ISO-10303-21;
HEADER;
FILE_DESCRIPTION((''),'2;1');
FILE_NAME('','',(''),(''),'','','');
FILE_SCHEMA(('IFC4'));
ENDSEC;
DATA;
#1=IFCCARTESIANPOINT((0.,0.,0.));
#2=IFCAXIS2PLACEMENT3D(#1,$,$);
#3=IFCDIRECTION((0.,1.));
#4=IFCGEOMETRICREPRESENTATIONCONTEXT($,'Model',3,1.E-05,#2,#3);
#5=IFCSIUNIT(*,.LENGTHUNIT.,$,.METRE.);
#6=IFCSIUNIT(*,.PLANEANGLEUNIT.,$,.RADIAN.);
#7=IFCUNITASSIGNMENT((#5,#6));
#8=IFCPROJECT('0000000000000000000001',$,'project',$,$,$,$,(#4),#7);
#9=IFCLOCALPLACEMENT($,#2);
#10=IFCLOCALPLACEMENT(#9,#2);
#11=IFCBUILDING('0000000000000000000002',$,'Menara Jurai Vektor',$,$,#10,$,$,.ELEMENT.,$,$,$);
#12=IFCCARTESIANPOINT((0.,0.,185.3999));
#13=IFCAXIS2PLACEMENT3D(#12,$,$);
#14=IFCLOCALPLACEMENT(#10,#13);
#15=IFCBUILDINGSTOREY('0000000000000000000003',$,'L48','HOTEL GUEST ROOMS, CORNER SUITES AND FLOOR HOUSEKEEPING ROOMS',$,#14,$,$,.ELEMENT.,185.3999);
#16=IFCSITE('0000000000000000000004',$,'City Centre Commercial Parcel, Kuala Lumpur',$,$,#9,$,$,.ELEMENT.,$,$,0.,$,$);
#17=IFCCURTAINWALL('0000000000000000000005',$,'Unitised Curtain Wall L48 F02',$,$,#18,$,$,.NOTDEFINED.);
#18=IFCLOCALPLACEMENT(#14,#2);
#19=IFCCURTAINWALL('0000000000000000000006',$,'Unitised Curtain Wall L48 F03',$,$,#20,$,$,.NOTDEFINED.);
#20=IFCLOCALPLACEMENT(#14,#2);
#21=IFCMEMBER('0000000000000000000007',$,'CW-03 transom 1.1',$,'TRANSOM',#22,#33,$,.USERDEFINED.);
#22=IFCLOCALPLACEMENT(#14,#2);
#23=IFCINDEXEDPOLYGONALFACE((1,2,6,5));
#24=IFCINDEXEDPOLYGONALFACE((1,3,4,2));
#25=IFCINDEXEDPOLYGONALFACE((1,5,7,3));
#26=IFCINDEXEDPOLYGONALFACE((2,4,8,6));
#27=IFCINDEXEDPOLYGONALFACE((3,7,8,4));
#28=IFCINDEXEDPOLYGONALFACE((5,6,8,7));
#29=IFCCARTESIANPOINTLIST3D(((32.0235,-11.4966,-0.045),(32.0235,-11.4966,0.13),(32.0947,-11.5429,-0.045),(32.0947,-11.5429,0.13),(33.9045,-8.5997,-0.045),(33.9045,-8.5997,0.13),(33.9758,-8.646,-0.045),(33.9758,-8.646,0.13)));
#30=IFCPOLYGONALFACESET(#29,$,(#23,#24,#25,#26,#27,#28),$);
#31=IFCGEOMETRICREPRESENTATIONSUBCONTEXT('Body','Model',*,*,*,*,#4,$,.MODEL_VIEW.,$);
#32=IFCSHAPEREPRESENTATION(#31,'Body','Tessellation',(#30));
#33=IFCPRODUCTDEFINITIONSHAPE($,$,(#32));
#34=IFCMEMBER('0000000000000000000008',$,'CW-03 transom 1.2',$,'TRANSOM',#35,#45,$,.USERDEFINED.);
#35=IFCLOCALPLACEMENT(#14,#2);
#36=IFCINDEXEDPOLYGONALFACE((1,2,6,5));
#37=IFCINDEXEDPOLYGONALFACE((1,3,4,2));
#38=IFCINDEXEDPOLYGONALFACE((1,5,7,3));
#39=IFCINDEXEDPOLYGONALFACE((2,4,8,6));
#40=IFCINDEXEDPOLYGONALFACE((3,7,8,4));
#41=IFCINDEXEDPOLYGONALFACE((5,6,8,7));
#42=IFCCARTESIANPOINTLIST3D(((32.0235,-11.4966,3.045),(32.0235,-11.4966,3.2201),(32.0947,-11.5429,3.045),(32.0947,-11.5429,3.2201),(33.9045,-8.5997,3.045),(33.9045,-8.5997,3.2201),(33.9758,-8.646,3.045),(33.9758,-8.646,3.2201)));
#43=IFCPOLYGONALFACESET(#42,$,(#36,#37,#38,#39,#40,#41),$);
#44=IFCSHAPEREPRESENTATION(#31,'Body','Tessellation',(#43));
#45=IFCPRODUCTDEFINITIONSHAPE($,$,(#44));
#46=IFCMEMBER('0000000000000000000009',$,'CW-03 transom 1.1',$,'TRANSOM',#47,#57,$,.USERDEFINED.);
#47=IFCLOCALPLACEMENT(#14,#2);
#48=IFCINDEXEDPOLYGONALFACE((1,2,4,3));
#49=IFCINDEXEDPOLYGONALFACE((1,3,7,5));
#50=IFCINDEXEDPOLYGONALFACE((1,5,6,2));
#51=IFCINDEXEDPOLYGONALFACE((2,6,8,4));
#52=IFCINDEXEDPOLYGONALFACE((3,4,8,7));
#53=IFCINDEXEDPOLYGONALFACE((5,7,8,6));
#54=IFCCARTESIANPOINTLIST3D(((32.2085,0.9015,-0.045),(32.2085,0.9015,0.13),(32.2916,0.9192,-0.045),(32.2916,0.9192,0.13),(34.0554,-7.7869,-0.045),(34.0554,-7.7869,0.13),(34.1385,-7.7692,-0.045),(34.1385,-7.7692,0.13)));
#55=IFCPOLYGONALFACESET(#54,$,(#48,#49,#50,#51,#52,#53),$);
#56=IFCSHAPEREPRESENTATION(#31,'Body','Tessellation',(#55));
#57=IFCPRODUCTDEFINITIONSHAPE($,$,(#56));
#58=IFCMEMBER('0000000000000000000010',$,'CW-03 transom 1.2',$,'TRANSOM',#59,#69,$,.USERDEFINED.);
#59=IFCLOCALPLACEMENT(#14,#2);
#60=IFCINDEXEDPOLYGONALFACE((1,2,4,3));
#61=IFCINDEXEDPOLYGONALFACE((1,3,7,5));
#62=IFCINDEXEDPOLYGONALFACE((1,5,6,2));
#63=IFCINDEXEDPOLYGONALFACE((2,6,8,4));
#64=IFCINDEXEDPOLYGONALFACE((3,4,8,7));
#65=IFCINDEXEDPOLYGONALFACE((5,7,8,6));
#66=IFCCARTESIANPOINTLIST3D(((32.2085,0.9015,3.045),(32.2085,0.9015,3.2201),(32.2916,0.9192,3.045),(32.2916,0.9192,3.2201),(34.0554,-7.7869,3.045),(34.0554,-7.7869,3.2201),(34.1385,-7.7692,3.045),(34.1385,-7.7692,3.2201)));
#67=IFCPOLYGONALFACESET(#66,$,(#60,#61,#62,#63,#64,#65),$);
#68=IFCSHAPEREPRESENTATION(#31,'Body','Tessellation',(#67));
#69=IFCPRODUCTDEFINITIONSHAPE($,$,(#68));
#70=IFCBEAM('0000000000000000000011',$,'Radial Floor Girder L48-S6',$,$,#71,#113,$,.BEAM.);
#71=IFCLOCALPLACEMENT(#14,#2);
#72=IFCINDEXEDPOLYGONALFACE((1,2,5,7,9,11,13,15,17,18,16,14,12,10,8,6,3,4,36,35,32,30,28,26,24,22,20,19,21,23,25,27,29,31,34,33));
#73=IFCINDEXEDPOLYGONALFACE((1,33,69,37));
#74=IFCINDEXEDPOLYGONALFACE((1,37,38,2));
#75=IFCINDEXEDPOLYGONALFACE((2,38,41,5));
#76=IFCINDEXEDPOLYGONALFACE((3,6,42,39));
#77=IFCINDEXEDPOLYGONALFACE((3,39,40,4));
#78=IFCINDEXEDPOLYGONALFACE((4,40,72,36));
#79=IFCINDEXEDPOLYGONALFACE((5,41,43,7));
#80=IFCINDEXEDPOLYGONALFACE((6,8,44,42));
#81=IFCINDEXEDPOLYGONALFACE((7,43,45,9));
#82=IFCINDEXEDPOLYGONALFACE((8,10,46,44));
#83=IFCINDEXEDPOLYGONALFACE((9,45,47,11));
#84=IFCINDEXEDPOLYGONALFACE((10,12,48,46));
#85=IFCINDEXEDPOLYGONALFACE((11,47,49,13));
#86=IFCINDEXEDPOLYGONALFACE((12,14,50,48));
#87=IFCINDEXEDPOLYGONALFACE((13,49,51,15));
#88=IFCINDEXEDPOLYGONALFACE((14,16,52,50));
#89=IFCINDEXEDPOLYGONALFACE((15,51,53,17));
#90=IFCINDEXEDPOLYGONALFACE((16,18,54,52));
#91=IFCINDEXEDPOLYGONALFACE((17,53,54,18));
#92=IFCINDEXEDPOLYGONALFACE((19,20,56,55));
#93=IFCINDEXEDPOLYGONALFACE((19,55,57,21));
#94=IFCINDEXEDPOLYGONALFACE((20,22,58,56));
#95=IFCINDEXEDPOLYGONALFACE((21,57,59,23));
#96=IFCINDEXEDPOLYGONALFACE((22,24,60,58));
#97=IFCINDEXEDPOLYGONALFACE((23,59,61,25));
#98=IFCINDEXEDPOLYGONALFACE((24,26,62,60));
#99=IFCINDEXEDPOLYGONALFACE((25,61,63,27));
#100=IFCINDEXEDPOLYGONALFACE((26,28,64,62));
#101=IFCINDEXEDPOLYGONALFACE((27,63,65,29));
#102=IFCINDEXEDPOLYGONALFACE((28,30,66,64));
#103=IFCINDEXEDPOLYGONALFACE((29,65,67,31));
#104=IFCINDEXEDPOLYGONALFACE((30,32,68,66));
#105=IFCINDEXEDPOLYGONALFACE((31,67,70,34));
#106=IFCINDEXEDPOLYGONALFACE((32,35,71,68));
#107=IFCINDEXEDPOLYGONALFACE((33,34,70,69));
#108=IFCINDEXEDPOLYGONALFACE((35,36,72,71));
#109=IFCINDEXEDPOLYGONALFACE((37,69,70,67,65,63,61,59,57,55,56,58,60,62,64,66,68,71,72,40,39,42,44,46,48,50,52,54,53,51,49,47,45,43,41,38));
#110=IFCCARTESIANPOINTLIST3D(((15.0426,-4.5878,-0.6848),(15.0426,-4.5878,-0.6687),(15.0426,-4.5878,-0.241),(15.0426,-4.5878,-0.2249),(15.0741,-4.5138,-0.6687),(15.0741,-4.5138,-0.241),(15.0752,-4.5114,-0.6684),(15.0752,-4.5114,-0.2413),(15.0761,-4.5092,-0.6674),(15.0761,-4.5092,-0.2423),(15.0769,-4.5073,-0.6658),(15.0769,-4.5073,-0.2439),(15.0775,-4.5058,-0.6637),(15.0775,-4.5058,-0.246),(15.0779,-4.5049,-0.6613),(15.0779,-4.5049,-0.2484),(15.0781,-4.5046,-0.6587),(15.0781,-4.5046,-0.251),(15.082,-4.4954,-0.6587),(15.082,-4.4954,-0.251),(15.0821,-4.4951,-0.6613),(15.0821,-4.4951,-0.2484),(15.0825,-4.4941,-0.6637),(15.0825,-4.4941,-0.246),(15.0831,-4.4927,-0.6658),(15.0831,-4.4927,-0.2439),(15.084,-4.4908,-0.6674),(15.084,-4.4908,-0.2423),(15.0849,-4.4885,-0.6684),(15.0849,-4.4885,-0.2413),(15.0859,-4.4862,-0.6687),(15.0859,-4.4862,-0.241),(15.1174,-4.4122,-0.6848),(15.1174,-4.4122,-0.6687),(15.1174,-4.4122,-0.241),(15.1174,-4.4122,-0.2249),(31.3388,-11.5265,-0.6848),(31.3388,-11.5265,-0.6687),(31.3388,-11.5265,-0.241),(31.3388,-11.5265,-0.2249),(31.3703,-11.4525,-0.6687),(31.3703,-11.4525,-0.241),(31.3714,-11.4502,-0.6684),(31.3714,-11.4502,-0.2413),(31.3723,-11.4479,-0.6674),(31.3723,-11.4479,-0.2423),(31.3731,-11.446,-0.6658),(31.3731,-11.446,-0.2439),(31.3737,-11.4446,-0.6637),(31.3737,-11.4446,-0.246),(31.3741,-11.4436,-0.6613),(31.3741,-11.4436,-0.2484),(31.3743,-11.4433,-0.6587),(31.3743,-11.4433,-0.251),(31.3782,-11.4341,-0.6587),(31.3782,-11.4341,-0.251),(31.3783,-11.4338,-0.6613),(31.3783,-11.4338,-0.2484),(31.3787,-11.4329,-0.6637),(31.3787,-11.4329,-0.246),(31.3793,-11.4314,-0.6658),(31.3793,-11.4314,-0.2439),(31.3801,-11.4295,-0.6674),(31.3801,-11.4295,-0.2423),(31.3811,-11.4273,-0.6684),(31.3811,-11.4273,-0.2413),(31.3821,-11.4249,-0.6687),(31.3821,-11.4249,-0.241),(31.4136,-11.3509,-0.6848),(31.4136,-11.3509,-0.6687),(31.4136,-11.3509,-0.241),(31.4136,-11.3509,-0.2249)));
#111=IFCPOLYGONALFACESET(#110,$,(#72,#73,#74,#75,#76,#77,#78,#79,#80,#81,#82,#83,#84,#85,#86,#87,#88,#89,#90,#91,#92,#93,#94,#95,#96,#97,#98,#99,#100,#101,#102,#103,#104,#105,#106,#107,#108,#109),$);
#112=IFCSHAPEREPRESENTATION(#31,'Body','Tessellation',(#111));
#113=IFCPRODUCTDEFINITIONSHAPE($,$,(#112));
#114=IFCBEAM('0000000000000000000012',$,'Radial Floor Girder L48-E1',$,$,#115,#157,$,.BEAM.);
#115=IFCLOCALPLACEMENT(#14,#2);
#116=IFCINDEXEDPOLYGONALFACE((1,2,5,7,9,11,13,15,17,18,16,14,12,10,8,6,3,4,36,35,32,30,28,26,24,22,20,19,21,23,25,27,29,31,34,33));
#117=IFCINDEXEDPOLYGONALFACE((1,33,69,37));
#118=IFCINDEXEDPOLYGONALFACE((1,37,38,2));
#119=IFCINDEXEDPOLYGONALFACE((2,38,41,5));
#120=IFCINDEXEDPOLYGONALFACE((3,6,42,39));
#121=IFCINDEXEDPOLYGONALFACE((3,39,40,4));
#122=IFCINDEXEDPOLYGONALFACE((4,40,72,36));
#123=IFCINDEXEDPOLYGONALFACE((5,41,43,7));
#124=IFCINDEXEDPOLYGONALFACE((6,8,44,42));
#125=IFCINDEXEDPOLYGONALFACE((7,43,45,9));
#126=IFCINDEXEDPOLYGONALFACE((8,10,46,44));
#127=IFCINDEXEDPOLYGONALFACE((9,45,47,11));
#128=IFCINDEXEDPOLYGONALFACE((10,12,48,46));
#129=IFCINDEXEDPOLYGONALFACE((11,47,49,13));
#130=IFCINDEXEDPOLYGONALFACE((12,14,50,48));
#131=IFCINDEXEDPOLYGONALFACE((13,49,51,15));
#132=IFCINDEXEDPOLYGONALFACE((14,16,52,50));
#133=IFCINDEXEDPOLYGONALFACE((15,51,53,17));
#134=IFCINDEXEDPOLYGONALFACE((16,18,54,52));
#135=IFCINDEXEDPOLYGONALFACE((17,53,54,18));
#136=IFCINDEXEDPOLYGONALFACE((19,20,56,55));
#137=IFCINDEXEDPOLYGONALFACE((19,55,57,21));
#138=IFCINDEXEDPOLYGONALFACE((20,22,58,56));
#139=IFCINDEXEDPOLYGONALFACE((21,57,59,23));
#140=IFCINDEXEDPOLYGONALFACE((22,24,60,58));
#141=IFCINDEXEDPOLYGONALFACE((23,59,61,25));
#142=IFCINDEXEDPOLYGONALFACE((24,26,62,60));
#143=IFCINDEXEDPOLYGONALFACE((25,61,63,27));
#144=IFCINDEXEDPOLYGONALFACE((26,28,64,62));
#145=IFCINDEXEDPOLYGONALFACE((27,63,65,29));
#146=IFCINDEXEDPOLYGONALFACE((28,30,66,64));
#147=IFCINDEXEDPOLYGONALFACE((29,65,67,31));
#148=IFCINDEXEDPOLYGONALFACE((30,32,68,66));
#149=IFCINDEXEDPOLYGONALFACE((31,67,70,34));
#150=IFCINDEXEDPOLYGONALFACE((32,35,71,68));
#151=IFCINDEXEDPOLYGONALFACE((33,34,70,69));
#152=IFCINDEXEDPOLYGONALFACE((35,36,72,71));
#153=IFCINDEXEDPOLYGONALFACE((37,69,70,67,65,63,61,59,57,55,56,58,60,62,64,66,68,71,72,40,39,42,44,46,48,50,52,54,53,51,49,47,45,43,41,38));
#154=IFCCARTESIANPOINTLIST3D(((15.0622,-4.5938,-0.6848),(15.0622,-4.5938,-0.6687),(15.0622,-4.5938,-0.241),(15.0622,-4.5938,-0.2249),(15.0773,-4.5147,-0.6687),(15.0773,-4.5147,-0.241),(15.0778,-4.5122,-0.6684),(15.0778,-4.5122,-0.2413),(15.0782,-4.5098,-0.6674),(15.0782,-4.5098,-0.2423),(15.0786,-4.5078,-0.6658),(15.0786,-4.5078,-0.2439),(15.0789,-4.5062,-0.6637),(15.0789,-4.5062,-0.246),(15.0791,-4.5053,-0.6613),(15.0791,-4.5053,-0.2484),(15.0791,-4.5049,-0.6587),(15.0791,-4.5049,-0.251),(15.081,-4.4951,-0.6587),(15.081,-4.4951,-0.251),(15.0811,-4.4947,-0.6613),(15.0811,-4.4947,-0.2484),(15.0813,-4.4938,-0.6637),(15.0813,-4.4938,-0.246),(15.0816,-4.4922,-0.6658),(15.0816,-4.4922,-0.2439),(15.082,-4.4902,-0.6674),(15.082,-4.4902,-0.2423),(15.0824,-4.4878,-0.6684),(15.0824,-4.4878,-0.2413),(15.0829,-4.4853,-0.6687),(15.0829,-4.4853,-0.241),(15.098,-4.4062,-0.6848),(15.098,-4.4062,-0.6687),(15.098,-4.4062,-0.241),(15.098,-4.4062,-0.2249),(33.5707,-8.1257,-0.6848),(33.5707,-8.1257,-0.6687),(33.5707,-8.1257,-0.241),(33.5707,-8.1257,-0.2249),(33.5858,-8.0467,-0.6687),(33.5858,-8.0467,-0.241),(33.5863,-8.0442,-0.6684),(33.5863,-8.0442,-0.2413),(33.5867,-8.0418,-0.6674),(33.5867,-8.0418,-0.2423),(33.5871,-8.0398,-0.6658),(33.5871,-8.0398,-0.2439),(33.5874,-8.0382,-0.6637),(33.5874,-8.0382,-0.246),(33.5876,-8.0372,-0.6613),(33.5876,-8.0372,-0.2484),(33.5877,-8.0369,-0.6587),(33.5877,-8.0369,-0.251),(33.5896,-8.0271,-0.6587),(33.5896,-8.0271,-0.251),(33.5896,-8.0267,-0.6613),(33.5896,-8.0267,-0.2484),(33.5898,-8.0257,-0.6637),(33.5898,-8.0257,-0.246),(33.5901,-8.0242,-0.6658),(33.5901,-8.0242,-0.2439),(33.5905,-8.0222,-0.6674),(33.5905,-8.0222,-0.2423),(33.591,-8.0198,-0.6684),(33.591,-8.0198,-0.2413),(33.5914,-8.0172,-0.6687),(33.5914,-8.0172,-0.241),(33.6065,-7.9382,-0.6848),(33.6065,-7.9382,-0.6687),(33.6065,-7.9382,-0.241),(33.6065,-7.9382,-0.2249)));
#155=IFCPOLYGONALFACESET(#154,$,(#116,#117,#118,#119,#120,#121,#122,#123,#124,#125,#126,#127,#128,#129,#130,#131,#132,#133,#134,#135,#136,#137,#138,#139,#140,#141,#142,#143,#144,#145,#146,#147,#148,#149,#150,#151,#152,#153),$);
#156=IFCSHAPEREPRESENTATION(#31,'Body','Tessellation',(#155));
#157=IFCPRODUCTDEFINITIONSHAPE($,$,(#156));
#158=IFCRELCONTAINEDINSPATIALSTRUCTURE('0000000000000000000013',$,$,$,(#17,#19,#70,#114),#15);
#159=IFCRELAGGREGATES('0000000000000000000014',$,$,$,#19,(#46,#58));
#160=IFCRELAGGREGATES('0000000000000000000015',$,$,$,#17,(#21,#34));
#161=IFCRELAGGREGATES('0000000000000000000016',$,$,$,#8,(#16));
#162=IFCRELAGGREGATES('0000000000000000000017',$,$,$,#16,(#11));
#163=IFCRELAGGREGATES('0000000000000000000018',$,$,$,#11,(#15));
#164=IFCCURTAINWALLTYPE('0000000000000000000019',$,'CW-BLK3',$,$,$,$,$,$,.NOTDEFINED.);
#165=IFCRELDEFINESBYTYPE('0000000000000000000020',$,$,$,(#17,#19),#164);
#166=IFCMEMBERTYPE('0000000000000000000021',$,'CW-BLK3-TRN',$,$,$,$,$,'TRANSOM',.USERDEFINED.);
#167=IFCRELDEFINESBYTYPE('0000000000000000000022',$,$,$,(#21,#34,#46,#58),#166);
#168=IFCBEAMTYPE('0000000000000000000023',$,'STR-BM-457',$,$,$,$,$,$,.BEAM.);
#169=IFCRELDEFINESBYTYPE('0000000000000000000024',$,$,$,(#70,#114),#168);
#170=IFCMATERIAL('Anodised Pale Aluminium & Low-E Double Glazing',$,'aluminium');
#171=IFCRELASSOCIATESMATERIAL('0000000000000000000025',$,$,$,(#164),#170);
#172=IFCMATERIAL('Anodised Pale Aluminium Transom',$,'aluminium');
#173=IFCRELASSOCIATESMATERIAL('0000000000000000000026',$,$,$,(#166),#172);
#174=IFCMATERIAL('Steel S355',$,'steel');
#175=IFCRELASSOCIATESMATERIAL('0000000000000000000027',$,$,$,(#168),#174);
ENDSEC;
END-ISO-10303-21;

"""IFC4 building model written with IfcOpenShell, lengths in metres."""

from ifc_helpers import new_model, si_unit, direction, frame, origin, origin_2d, place, context, subcontext, project, spatial, rectangle, i_section, extrude, material, material_profile, profile_set, type_object, element, aggregate, save


model = new_model("IFC4")

# Units and contexts
model_context = context("Model", 3, precision=1e-05, world=origin(), true_north=direction((0.0, 1.0)))
body_context = subcontext(model_context, "Body", "Model", "MODEL_VIEW")
ifc_project = project(units=[si_unit("LENGTHUNIT", "METRE"), si_unit("PLANEANGLEUNIT", "RADIAN")], contexts=[model_context])

# Site, building, storey
site_placement = place(None, origin())
site = spatial("IfcSite", under=ifc_project, at=site_placement, Name="City Centre Commercial Parcel, Kuala Lumpur", CompositionType="ELEMENT", RefElevation=0.0)
building_placement = place(site_placement, origin())
building = spatial("IfcBuilding", under=site, at=building_placement, Name="Menara Jurai Vektor", CompositionType="ELEMENT")
storey_placement = place(building_placement, frame((0.0, 0.0, 185.3999)))
storey = spatial("IfcBuildingStorey", under=building, at=storey_placement, Name="L48", Description="HOTEL GUEST ROOMS, CORNER SUITES AND FLOOR HOUSEKEEPING ROOMS", CompositionType="ELEMENT", Elevation=185.3999)

# Curtain wall
ifc_material_1 = material(Name="Anodised Pale Aluminium & Low-E Double Glazing", Category="aluminium")
curtain_wall_type = type_object("IfcCurtainWallType", Name="CW-BLK3", PredefinedType="NOTDEFINED", material=ifc_material_1)
curtain_wall_1_placement = place(storey_placement, origin())
curtain_wall_1 = element("IfcCurtainWall", 1, at=curtain_wall_1_placement, inside=storey, type_object=curtain_wall_type, Name="Unitised Curtain Wall L48 F02", PredefinedType="NOTDEFINED")

# Curtain wall
curtain_wall_2_placement = place(storey_placement, origin())
curtain_wall_2 = element("IfcCurtainWall", 2, at=curtain_wall_2_placement, inside=storey, type_object=curtain_wall_type, Name="Unitised Curtain Wall L48 F03", PredefinedType="NOTDEFINED")

# Members
ifc_material_2 = material(Name="Anodised Pale Aluminium Transom", Category="aluminium")
ifc_material_profile_1 = material_profile(ifc_material_2, rectangle(XDim=0.085, YDim=0.175, at=origin_2d()), Name="ALU TRN 85x175")
ifc_profile_set_1 = profile_set([ifc_material_profile_1], Name="Anodised Pale Aluminium Transom")
member_type_1 = type_object("IfcMemberType", Name="CW-BLK3-TRN", ElementType="TRANSOM", PredefinedType="USERDEFINED", material=ifc_profile_set_1)
member_1_placement = place(storey_placement, frame((32.0591, -11.5198, 0.0425), z_axis=(0.544596, 0.838699, 0.0), x_axis=(-0.838699, 0.544596, 0.0)))
member_1 = element("IfcMember", 3, at=member_1_placement, type_object=member_type_1, Name="CW-03 transom 1.1", ObjectType="TRANSOM", PredefinedType="USERDEFINED", context=body_context, shape_type="SweptSolid", body=[
    extrude(rectangle(XDim=0.085, YDim=0.175, at=origin_2d()), origin(), (0.0, 0.0, 1.0), 3.4541),
])
member_2_placement = place(storey_placement, frame((32.0591, -11.5198, 3.1326), z_axis=(0.544596, 0.838699, 0.0), x_axis=(-0.838699, 0.544596, 0.0)))
member_2 = element("IfcMember", 4, at=member_2_placement, type_object=member_type_1, Name="CW-03 transom 1.2", ObjectType="TRANSOM", PredefinedType="USERDEFINED", context=body_context, shape_type="SweptSolid", body=[
    extrude(rectangle(XDim=0.085, YDim=0.175, at=origin_2d()), origin(), (0.0, 0.0, 1.0), 3.4541),
])
member_3_placement = place(storey_placement, frame((34.0969, -7.7781, 0.0425), z_axis=(-0.207926, 0.978145, 0.0), x_axis=(-0.978145, -0.207926, 0.0)))
member_3 = element("IfcMember", 5, at=member_3_placement, type_object=member_type_1, Name="CW-03 transom 1.1", ObjectType="TRANSOM", PredefinedType="USERDEFINED", context=body_context, shape_type="SweptSolid", body=[
    extrude(rectangle(XDim=0.085, YDim=0.175, at=origin_2d()), origin(), (0.0, 0.0, 1.0), 8.8826),
])
member_4_placement = place(storey_placement, frame((34.0969, -7.7781, 3.1326), z_axis=(-0.207926, 0.978145, 0.0), x_axis=(-0.978145, -0.207926, 0.0)))
member_4 = element("IfcMember", 6, at=member_4_placement, type_object=member_type_1, Name="CW-03 transom 1.2", ObjectType="TRANSOM", PredefinedType="USERDEFINED", context=body_context, shape_type="SweptSolid", body=[
    extrude(rectangle(XDim=0.085, YDim=0.175, at=origin_2d()), origin(), (0.0, 0.0, 1.0), 8.8826),
])

# Beams
ifc_material_3 = material(Name="Steel S355", Category="steel")
ifc_material_profile_2 = material_profile(ifc_material_3, i_section(OverallWidth=0.1909, OverallDepth=0.46, WebThickness=0.01, FlangeThickness=0.0161, FilletRadius=0.01, at=origin_2d()), Name="UKB 457x191x82")
ifc_profile_set_2 = profile_set([ifc_material_profile_2], Name="Steel S355")
beam_type_1 = type_object("IfcBeamType", Name="STR-BM-457", PredefinedType="BEAM", material=ifc_profile_set_2)
beam_1_placement = place(storey_placement, frame((31.3762, -11.4387, -0.4548), z_axis=(-0.920069, 0.391756, 0.0), x_axis=(-0.391756, -0.920069, 0.0)))
element("IfcBeam", 7, at=beam_1_placement, inside=storey, type_object=beam_type_1, Name="Radial Floor Girder L48-S6", PredefinedType="BEAM", context=body_context, shape_type="SweptSolid", body=[
    extrude(i_section(OverallWidth=0.1909, OverallDepth=0.46, WebThickness=0.01, FlangeThickness=0.0161, FilletRadius=0.01, at=origin_2d()), origin(), (0.0, 0.0, 1.0), 17.7119),
])
beam_2_placement = place(storey_placement, frame((33.5886, -8.032, -0.4548), z_axis=(-0.982275, 0.187447, 0.0), x_axis=(-0.187447, -0.982275, 0.0)))
element("IfcBeam", 8, at=beam_2_placement, inside=storey, type_object=beam_type_1, Name="Radial Floor Girder L48-E1", PredefinedType="BEAM", context=body_context, shape_type="SweptSolid", body=[
    extrude(i_section(OverallWidth=0.1909, OverallDepth=0.46, WebThickness=0.01, FlangeThickness=0.0161, FilletRadius=0.01, at=origin_2d()), origin(), (0.0, 0.0, 1.0), 18.8425),
])

aggregate(curtain_wall_2, [member_3, member_4])
aggregate(curtain_wall_1, [member_1, member_2])

save(model, "model.ifc")
